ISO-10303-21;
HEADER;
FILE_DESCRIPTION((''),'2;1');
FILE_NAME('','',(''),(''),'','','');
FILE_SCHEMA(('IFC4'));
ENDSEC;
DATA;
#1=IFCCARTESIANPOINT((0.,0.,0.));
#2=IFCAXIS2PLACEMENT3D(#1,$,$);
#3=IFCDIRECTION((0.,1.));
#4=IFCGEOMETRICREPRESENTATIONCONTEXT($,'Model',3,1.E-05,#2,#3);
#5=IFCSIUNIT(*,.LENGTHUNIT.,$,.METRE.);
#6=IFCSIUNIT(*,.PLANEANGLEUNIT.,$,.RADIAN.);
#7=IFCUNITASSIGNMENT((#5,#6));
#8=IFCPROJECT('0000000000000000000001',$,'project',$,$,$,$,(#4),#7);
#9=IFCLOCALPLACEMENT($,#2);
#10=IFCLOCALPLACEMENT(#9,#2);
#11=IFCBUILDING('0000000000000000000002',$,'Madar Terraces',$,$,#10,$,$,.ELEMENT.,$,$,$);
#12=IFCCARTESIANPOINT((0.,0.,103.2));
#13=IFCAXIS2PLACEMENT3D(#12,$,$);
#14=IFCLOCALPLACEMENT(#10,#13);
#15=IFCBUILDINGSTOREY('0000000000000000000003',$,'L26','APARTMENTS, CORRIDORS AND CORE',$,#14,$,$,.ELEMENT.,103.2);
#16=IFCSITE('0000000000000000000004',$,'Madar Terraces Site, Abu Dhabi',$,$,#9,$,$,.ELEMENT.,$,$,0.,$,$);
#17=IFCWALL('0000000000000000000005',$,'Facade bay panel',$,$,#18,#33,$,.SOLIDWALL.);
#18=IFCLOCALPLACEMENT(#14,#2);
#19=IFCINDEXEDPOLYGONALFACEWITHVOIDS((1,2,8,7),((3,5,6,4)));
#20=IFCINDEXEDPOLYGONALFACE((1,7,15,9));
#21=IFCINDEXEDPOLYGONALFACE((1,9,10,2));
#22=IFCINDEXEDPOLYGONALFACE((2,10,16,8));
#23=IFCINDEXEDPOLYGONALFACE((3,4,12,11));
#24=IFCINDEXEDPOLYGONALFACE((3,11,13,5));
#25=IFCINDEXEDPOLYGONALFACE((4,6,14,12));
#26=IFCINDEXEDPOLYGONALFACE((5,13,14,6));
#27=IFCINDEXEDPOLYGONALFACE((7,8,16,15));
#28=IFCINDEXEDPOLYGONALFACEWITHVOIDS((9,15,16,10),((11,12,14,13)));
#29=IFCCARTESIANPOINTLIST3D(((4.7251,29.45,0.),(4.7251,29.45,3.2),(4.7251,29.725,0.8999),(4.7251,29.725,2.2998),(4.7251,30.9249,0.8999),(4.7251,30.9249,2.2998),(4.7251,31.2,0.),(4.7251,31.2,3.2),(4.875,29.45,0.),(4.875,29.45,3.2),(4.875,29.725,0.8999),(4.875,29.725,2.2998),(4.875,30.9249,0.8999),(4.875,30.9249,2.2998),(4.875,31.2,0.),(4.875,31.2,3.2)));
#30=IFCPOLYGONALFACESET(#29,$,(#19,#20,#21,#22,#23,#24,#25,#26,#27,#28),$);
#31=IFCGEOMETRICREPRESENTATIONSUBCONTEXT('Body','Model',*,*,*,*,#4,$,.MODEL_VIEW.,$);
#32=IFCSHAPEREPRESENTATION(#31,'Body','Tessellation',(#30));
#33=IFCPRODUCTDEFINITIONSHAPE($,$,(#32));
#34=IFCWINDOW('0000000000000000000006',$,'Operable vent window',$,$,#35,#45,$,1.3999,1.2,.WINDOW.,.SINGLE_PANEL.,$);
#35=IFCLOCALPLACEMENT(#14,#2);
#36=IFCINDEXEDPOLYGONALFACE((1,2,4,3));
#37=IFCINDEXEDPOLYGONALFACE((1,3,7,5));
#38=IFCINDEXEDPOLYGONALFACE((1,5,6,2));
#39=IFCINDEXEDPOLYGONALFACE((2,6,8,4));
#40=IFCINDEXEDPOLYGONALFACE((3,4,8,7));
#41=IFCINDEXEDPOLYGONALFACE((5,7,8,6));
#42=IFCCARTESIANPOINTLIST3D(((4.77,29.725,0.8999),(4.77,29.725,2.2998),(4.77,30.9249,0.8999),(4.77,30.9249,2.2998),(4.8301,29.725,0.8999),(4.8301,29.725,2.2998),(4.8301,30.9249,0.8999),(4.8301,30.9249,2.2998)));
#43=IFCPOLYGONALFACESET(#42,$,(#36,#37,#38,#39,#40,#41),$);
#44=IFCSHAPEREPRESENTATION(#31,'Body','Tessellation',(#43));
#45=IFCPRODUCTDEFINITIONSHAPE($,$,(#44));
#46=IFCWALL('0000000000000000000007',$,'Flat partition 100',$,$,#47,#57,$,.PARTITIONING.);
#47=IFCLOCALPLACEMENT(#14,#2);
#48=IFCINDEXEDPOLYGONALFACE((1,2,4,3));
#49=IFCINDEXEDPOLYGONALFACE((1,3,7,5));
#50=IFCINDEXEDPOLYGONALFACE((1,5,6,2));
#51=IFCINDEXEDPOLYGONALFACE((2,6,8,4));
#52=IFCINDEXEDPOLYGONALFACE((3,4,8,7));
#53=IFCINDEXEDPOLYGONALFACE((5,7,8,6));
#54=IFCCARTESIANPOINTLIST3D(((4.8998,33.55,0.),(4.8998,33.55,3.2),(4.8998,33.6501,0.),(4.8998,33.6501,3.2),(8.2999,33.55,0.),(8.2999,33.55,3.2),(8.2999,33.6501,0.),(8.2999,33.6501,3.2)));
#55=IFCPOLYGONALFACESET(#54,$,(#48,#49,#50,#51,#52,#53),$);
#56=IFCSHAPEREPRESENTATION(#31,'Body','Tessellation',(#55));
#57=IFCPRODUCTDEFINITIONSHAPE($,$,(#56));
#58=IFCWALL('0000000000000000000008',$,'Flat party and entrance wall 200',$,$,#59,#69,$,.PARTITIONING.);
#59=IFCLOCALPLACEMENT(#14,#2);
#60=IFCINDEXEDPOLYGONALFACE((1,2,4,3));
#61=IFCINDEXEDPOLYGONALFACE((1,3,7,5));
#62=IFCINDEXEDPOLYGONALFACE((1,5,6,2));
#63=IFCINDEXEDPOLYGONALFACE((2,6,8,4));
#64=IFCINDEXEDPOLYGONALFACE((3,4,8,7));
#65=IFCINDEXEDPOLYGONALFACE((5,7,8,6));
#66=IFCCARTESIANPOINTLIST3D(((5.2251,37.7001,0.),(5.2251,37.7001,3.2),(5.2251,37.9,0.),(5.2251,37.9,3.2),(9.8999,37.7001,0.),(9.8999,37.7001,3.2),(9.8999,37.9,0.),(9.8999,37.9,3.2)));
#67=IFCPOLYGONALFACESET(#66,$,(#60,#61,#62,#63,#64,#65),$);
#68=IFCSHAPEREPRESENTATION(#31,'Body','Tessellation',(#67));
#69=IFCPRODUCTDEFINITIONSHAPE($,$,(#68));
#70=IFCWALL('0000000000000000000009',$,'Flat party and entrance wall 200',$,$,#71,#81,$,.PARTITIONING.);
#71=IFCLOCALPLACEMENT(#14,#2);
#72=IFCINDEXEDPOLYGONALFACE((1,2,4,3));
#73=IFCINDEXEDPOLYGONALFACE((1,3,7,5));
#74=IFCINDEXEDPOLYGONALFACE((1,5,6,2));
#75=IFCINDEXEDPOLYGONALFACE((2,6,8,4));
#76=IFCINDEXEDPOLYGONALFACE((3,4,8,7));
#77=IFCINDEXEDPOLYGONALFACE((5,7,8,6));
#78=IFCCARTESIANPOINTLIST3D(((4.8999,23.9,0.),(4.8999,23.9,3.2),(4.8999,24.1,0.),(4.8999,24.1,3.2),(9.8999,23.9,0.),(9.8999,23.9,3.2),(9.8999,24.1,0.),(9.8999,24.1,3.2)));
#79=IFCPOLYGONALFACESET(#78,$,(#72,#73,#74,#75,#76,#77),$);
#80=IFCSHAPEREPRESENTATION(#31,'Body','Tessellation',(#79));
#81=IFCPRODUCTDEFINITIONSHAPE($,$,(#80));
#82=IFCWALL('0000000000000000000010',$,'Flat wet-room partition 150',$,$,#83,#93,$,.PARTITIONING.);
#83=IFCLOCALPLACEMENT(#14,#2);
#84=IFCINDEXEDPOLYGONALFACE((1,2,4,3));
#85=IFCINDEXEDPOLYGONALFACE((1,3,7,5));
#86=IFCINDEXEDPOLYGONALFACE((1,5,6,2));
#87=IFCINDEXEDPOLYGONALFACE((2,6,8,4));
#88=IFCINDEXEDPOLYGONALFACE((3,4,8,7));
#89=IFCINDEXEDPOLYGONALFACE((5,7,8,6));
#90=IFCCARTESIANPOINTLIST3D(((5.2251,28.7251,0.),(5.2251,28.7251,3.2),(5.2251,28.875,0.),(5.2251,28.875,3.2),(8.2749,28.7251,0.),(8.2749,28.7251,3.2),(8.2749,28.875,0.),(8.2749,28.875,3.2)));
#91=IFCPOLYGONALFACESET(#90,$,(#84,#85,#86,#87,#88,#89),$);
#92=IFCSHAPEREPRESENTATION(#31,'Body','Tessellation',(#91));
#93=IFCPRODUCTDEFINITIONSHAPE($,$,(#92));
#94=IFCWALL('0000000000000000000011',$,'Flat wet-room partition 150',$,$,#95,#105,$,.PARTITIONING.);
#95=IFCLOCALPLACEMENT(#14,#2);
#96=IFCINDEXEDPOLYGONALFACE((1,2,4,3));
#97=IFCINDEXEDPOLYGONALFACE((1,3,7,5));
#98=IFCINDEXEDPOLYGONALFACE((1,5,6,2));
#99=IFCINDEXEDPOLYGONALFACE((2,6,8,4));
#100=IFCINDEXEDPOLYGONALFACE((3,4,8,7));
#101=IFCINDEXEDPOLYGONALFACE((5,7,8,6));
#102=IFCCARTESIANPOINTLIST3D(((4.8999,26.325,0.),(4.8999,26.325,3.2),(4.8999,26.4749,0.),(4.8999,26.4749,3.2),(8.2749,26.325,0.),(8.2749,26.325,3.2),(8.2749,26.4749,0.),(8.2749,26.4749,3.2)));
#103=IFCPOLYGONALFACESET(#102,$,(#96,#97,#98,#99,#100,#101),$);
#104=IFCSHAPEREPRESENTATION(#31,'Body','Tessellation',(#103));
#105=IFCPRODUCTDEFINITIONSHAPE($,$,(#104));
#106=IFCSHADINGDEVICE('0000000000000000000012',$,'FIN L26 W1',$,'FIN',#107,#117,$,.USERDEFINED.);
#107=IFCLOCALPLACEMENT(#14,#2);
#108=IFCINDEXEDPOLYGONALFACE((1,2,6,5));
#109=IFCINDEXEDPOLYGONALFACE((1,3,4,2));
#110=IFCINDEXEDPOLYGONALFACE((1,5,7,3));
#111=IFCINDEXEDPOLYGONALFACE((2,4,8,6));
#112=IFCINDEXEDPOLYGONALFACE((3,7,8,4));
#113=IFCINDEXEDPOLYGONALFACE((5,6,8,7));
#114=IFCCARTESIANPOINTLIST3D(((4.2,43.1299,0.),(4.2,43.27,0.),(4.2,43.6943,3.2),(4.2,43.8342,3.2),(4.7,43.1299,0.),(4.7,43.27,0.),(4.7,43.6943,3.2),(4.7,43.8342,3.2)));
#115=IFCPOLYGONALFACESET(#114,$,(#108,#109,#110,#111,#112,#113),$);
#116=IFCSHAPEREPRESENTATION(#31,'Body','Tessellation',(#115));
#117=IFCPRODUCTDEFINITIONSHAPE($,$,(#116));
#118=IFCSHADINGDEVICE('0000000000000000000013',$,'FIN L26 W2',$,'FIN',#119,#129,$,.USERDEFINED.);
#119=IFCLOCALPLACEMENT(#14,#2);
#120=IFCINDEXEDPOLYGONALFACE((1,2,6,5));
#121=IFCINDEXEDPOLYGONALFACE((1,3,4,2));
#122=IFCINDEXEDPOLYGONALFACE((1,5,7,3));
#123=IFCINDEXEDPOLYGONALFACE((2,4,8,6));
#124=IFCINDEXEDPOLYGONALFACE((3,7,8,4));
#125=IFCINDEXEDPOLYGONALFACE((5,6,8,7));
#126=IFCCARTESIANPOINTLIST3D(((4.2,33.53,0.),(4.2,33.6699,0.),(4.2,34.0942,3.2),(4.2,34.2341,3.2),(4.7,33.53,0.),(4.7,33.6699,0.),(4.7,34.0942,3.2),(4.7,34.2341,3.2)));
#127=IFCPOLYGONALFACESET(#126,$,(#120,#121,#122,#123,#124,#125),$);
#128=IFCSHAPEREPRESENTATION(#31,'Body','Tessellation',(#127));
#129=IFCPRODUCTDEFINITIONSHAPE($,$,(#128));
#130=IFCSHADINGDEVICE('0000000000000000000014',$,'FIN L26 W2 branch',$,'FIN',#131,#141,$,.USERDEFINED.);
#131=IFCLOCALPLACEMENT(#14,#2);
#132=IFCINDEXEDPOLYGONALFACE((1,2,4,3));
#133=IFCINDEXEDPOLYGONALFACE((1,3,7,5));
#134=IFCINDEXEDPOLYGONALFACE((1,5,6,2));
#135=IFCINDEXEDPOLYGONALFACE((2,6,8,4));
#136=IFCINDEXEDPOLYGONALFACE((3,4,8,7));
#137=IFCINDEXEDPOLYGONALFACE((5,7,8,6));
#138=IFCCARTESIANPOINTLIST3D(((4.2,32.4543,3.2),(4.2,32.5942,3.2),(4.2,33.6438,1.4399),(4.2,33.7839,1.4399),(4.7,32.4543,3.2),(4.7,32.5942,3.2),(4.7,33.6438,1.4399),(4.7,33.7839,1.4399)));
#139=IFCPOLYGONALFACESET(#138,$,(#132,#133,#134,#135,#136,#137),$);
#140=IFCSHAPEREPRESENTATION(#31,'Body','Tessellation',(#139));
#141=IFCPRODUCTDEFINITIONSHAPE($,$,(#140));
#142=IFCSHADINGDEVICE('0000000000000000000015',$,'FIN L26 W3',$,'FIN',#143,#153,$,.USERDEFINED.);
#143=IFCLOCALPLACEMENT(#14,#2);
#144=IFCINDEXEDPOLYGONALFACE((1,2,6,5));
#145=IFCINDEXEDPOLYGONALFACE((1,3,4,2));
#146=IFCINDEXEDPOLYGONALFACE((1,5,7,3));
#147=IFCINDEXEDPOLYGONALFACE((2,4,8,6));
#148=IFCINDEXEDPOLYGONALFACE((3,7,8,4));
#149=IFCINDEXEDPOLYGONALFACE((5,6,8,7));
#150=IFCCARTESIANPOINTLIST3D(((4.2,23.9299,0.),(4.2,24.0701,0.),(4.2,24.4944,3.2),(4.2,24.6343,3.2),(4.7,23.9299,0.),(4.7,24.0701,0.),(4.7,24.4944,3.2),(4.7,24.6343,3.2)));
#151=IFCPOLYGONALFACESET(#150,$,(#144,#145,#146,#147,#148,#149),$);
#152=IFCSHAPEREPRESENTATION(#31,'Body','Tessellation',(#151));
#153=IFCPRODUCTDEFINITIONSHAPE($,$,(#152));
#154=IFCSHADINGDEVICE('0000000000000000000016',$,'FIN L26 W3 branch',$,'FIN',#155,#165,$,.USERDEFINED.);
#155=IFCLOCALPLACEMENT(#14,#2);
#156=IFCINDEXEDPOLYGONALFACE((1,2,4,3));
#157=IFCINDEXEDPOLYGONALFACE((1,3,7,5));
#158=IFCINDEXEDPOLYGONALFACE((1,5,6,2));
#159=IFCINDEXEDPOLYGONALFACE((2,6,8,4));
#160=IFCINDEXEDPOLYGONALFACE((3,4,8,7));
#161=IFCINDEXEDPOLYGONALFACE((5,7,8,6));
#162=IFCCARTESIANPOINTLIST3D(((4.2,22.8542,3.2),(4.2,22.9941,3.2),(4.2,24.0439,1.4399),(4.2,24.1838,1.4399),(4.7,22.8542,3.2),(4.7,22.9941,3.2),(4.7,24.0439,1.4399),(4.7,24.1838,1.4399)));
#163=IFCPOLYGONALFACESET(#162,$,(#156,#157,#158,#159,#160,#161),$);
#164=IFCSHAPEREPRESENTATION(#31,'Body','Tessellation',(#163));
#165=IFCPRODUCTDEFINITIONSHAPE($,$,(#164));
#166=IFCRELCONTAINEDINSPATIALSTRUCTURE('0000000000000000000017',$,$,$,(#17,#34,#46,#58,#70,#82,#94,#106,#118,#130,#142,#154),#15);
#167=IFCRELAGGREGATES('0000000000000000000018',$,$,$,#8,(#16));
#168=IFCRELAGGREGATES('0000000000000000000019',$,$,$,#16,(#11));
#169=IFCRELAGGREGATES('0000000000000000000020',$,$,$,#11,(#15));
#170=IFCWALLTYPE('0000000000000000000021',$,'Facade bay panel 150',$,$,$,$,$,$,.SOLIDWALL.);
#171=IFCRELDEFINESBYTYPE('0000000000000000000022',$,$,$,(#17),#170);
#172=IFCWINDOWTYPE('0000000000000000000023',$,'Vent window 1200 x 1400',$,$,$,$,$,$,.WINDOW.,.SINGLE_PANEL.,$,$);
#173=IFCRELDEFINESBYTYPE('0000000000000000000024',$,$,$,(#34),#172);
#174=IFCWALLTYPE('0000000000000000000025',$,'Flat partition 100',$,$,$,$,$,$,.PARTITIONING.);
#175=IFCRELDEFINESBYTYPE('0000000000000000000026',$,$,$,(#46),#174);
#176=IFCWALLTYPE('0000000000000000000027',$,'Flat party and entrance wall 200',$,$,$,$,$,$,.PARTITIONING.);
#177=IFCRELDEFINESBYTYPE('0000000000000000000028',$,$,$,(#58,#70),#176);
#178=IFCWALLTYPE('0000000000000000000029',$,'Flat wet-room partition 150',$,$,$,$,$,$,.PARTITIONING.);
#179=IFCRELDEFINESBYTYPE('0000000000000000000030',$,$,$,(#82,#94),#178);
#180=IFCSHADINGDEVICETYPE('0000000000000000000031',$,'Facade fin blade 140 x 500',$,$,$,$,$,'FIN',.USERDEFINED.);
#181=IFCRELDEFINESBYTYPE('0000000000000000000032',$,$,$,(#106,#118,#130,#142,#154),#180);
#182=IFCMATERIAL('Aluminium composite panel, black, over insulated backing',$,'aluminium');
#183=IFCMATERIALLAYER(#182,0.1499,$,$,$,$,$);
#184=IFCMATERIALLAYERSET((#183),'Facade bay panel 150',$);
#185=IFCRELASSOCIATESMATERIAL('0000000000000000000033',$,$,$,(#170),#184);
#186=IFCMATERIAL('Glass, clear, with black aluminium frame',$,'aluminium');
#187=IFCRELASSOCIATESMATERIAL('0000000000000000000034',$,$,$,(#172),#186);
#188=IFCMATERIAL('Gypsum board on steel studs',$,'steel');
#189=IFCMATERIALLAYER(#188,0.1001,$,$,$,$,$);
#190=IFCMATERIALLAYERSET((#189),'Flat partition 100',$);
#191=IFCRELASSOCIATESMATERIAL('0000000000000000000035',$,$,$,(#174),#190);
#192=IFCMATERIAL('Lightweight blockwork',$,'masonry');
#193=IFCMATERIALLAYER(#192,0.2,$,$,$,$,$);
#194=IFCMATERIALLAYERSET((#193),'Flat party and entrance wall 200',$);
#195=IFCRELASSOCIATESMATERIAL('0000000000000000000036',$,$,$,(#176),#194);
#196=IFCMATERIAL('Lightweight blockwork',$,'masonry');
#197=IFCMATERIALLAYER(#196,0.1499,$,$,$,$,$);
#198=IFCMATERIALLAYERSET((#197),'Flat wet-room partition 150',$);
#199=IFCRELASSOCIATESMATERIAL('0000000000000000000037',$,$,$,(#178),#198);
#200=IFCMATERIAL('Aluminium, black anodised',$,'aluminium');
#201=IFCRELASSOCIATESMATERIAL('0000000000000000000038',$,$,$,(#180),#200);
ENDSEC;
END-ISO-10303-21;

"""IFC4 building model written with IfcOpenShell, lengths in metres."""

from ifc_helpers import new_model, si_unit, direction, frame, frame_2d, origin, place, context, subcontext, project, spatial, polyline, rectangle, outline, extrude, material, layer, layer_set, type_object, element, fill, save


model = new_model("IFC4")

# Units and contexts
model_context = context("Model", 3, precision=1e-05, world=origin(), true_north=direction((0.0, 1.0)))
body_context = subcontext(model_context, "Body", "Model", "MODEL_VIEW")
ifc_project = project(units=[si_unit("LENGTHUNIT", "METRE"), si_unit("PLANEANGLEUNIT", "RADIAN")], contexts=[model_context])

# Site, building, storey
site_placement = place(None, origin())
site = spatial("IfcSite", under=ifc_project, at=site_placement, Name="Madar Terraces Site, Abu Dhabi", CompositionType="ELEMENT", RefElevation=0.0)
building_placement = place(site_placement, origin())
building = spatial("IfcBuilding", under=site, at=building_placement, Name="Madar Terraces", CompositionType="ELEMENT")
storey_placement = place(building_placement, frame((0.0, 0.0, 103.2)))
storey = spatial("IfcBuildingStorey", under=building, at=storey_placement, Name="L26", Description="APARTMENTS, CORRIDORS AND CORE", CompositionType="ELEMENT", Elevation=103.2)

# Wall, opening, window
ifc_material_1 = material(Name="Aluminium composite panel, black, over insulated backing", Category="aluminium")
ifc_layer_1 = layer(ifc_material_1, 0.1499)
ifc_layer_set_1 = layer_set([ifc_layer_1], Name="Facade bay panel 150")
wall_type_1 = type_object("IfcWallType", Name="Facade bay panel 150", PredefinedType="SOLIDWALL", material=ifc_layer_set_1)
ifc_material_2 = material(Name="Glass, clear, with black aluminium frame", Category="aluminium")
window_type = type_object("IfcWindowType", Name="Vent window 1200 x 1400", PartitioningType="SINGLE_PANEL", PredefinedType="WINDOW", material=ifc_material_2)
wall_1_placement = place(storey_placement, frame((4.8, 31.2, 0.0), z_axis=(0.0, 0.0, 1.0), x_axis=(0.0, -1.0, 0.0)))
wall_1 = element("IfcWall", 1, at=wall_1_placement, inside=storey, type_object=wall_type_1, Name="Facade bay panel", PredefinedType="SOLIDWALL", context=body_context, shape_type="SweptSolid", body=[
    extrude(rectangle(XDim=1.75, YDim=0.1499, at=frame_2d((0.875, 0.0))), origin(), (0.0, 0.0, 1.0), 3.2),
])
opening_1_placement = place(wall_1_placement, frame((0.2749, 0.0, 0.8999)))
opening_1 = element("IfcOpeningElement", 2, at=opening_1_placement, cuts=wall_1, PredefinedType="OPENING", context=body_context, shape_type="SweptSolid", body=[
    extrude(rectangle(XDim=1.2, YDim=1.3999, at=frame_2d((0.6001, 0.7))), frame((0.0, 0.085, 0.0), z_axis=(0.0, -1.0, 0.0), x_axis=(1.0, 0.0, 0.0)), (0.0, 0.0, 1.0), 0.1699),
])
window_1_placement = place(opening_1_placement, origin())
window_1 = element("IfcWindow", 3, at=window_1_placement, inside=storey, type_object=window_type, Name="Operable vent window", OverallHeight=1.3999, OverallWidth=1.2, PartitioningType="SINGLE_PANEL", PredefinedType="WINDOW", context=body_context, shape_type="SweptSolid", body=[
    extrude(rectangle(XDim=1.2, YDim=1.3999, at=frame_2d((0.6001, 0.7))), frame((0.0, 0.03, 0.0), z_axis=(0.0, -1.0, 0.0), x_axis=(1.0, 0.0, 0.0)), (0.0, 0.0, 1.0), 0.0601),
])
fill(opening_1, window_1)

# Walls
ifc_material_3 = material(Name="Gypsum board on steel studs", Category="steel")
ifc_layer_2 = layer(ifc_material_3, 0.1001)
ifc_layer_set_2 = layer_set([ifc_layer_2], Name="Flat partition 100")
wall_type_2 = type_object("IfcWallType", Name="Flat partition 100", PredefinedType="PARTITIONING", material=ifc_layer_set_2)
wall_2_placement = place(storey_placement, frame((8.3, 33.6001, 0.0), z_axis=(0.0, 0.0, 1.0), x_axis=(-1.0, 0.0, 0.0)))
element("IfcWall", 4, at=wall_2_placement, inside=storey, type_object=wall_type_2, Name="Flat partition 100", PredefinedType="PARTITIONING", context=body_context, shape_type="SweptSolid", body=[
    extrude(rectangle(XDim=3.4001, YDim=0.1001, at=frame_2d((1.7002, 0.0))), origin(), (0.0, 0.0, 1.0), 3.2),
])
ifc_material_4 = material(Name="Lightweight blockwork", Category="masonry")
ifc_layer_3 = layer(ifc_material_4, 0.2)
ifc_layer_set_3 = layer_set([ifc_layer_3], Name="Flat party and entrance wall 200")
wall_type_3 = type_object("IfcWallType", Name="Flat party and entrance wall 200", PredefinedType="PARTITIONING", material=ifc_layer_set_3)
wall_3_placement = place(storey_placement, frame((5.2251, 37.8, 0.0), z_axis=(0.0, 0.0, 1.0), x_axis=(1.0, 0.0, 0.0)))
element("IfcWall", 5, at=wall_3_placement, inside=storey, type_object=wall_type_3, Name="Flat party and entrance wall 200", PredefinedType="PARTITIONING", context=body_context, shape_type="SweptSolid", body=[
    extrude(rectangle(XDim=4.6748, YDim=0.2, at=frame_2d((2.3374, 0.0))), origin(), (0.0, 0.0, 1.0), 3.2),
])
wall_4_placement = place(storey_placement, frame((4.8999, 24.0, 0.0), z_axis=(0.0, 0.0, 1.0), x_axis=(1.0, 0.0, 0.0)))
element("IfcWall", 6, at=wall_4_placement, inside=storey, type_object=wall_type_3, Name="Flat party and entrance wall 200", PredefinedType="PARTITIONING", context=body_context, shape_type="SweptSolid", body=[
    extrude(rectangle(XDim=5.0, YDim=0.2, at=frame_2d((2.5, 0.0))), origin(), (0.0, 0.0, 1.0), 3.2),
])
ifc_material_5 = material(Name="Lightweight blockwork", Category="masonry")
ifc_layer_4 = layer(ifc_material_5, 0.1499)
ifc_layer_set_4 = layer_set([ifc_layer_4], Name="Flat wet-room partition 150")
wall_type_4 = type_object("IfcWallType", Name="Flat wet-room partition 150", PredefinedType="PARTITIONING", material=ifc_layer_set_4)
wall_5_placement = place(storey_placement, frame((8.2749, 28.8, 0.0), z_axis=(0.0, 0.0, 1.0), x_axis=(-1.0, 0.0, 0.0)))
element("IfcWall", 7, at=wall_5_placement, inside=storey, type_object=wall_type_4, Name="Flat wet-room partition 150", PredefinedType="PARTITIONING", context=body_context, shape_type="SweptSolid", body=[
    extrude(rectangle(XDim=3.0498, YDim=0.1499, at=frame_2d((1.5249, 0.0))), origin(), (0.0, 0.0, 1.0), 3.2),
])
wall_6_placement = place(storey_placement, frame((8.2749, 26.3999, 0.0), z_axis=(0.0, 0.0, 1.0), x_axis=(-1.0, 0.0, 0.0)))
element("IfcWall", 8, at=wall_6_placement, inside=storey, type_object=wall_type_4, Name="Flat wet-room partition 150", PredefinedType="PARTITIONING", context=body_context, shape_type="SweptSolid", body=[
    extrude(rectangle(XDim=3.375, YDim=0.1499, at=frame_2d((1.6875, 0.0))), origin(), (0.0, 0.0, 1.0), 3.2),
])

# Shading devices
ifc_material_6 = material(Name="Aluminium, black anodised", Category="aluminium")
shading_device_type = type_object("IfcShadingDeviceType", Name="Facade fin blade 140 x 500", ElementType="FIN", PredefinedType="USERDEFINED", material=ifc_material_6)
shading_device_1_placement = place(storey_placement, frame((4.45, 43.27, 0.0), z_axis=(0.0, 0.0, 1.0), x_axis=(0.0, -1.0, 0.0)))
element("IfcShadingDevice", 9, at=shading_device_1_placement, inside=storey, type_object=shading_device_type, Name="FIN L26 W1", ObjectType="FIN", PredefinedType="USERDEFINED", context=body_context, shape_type="SweptSolid", body=[
    extrude(outline(polyline([(0.0, 0.0), (0.1401, 0.0), (-0.4243, 3.2), (-0.5642, 3.2), (0.0, 0.0)])), frame((0.0, 0.25, 0.0), z_axis=(0.0, -1.0, 0.0), x_axis=(1.0, 0.0, 0.0)), (0.0, 0.0, 1.0), 0.5),
])
shading_device_2_placement = place(storey_placement, frame((4.45, 33.6699, 0.0), z_axis=(0.0, 0.0, 1.0), x_axis=(0.0, -1.0, 0.0)))
element("IfcShadingDevice", 10, at=shading_device_2_placement, inside=storey, type_object=shading_device_type, Name="FIN L26 W2", ObjectType="FIN", PredefinedType="USERDEFINED", context=body_context, shape_type="SweptSolid", body=[
    extrude(outline(polyline([(0.0, 0.0), (0.1399, 0.0), (-0.4243, 3.2), (-0.5642, 3.2), (0.0, 0.0)])), frame((0.0, 0.25, 0.0), z_axis=(0.0, -1.0, 0.0), x_axis=(1.0, 0.0, 0.0)), (0.0, 0.0, 1.0), 0.5),
])
shading_device_3_placement = place(storey_placement, frame((4.45, 33.7839, 1.4399), z_axis=(0.0, 0.0, 1.0), x_axis=(0.0, -1.0, 0.0)))
element("IfcShadingDevice", 11, at=shading_device_3_placement, inside=storey, type_object=shading_device_type, Name="FIN L26 W2 branch", ObjectType="FIN", PredefinedType="USERDEFINED", context=body_context, shape_type="SweptSolid", body=[
    extrude(outline(polyline([(0.0, 0.0), (0.1401, 0.0), (1.3296, 1.76), (1.1897, 1.76), (0.0, 0.0)])), frame((0.0, 0.25, 0.0), z_axis=(0.0, -1.0, 0.0), x_axis=(1.0, 0.0, 0.0)), (0.0, 0.0, 1.0), 0.5),
])
shading_device_4_placement = place(storey_placement, frame((4.45, 24.0701, 0.0), z_axis=(0.0, 0.0, 1.0), x_axis=(0.0, -1.0, 0.0)))
element("IfcShadingDevice", 12, at=shading_device_4_placement, inside=storey, type_object=shading_device_type, Name="FIN L26 W3", ObjectType="FIN", PredefinedType="USERDEFINED", context=body_context, shape_type="SweptSolid", body=[
    extrude(outline(polyline([(0.0, 0.0), (0.1401, 0.0), (-0.4243, 3.2), (-0.5642, 3.2), (0.0, 0.0)])), frame((0.0, 0.25, 0.0), z_axis=(0.0, -1.0, 0.0), x_axis=(1.0, 0.0, 0.0)), (0.0, 0.0, 1.0), 0.5),
])
shading_device_5_placement = place(storey_placement, frame((4.45, 24.1838, 1.4399), z_axis=(0.0, 0.0, 1.0), x_axis=(0.0, -1.0, 0.0)))
element("IfcShadingDevice", 13, at=shading_device_5_placement, inside=storey, type_object=shading_device_type, Name="FIN L26 W3 branch", ObjectType="FIN", PredefinedType="USERDEFINED", context=body_context, shape_type="SweptSolid", body=[
    extrude(outline(polyline([(0.0, 0.0), (0.1399, 0.0), (1.3296, 1.76), (1.1897, 1.76), (0.0, 0.0)])), frame((0.0, 0.25, 0.0), z_axis=(0.0, -1.0, 0.0), x_axis=(1.0, 0.0, 0.0)), (0.0, 0.0, 1.0), 0.5),
])

save(model, "model.ifc")
